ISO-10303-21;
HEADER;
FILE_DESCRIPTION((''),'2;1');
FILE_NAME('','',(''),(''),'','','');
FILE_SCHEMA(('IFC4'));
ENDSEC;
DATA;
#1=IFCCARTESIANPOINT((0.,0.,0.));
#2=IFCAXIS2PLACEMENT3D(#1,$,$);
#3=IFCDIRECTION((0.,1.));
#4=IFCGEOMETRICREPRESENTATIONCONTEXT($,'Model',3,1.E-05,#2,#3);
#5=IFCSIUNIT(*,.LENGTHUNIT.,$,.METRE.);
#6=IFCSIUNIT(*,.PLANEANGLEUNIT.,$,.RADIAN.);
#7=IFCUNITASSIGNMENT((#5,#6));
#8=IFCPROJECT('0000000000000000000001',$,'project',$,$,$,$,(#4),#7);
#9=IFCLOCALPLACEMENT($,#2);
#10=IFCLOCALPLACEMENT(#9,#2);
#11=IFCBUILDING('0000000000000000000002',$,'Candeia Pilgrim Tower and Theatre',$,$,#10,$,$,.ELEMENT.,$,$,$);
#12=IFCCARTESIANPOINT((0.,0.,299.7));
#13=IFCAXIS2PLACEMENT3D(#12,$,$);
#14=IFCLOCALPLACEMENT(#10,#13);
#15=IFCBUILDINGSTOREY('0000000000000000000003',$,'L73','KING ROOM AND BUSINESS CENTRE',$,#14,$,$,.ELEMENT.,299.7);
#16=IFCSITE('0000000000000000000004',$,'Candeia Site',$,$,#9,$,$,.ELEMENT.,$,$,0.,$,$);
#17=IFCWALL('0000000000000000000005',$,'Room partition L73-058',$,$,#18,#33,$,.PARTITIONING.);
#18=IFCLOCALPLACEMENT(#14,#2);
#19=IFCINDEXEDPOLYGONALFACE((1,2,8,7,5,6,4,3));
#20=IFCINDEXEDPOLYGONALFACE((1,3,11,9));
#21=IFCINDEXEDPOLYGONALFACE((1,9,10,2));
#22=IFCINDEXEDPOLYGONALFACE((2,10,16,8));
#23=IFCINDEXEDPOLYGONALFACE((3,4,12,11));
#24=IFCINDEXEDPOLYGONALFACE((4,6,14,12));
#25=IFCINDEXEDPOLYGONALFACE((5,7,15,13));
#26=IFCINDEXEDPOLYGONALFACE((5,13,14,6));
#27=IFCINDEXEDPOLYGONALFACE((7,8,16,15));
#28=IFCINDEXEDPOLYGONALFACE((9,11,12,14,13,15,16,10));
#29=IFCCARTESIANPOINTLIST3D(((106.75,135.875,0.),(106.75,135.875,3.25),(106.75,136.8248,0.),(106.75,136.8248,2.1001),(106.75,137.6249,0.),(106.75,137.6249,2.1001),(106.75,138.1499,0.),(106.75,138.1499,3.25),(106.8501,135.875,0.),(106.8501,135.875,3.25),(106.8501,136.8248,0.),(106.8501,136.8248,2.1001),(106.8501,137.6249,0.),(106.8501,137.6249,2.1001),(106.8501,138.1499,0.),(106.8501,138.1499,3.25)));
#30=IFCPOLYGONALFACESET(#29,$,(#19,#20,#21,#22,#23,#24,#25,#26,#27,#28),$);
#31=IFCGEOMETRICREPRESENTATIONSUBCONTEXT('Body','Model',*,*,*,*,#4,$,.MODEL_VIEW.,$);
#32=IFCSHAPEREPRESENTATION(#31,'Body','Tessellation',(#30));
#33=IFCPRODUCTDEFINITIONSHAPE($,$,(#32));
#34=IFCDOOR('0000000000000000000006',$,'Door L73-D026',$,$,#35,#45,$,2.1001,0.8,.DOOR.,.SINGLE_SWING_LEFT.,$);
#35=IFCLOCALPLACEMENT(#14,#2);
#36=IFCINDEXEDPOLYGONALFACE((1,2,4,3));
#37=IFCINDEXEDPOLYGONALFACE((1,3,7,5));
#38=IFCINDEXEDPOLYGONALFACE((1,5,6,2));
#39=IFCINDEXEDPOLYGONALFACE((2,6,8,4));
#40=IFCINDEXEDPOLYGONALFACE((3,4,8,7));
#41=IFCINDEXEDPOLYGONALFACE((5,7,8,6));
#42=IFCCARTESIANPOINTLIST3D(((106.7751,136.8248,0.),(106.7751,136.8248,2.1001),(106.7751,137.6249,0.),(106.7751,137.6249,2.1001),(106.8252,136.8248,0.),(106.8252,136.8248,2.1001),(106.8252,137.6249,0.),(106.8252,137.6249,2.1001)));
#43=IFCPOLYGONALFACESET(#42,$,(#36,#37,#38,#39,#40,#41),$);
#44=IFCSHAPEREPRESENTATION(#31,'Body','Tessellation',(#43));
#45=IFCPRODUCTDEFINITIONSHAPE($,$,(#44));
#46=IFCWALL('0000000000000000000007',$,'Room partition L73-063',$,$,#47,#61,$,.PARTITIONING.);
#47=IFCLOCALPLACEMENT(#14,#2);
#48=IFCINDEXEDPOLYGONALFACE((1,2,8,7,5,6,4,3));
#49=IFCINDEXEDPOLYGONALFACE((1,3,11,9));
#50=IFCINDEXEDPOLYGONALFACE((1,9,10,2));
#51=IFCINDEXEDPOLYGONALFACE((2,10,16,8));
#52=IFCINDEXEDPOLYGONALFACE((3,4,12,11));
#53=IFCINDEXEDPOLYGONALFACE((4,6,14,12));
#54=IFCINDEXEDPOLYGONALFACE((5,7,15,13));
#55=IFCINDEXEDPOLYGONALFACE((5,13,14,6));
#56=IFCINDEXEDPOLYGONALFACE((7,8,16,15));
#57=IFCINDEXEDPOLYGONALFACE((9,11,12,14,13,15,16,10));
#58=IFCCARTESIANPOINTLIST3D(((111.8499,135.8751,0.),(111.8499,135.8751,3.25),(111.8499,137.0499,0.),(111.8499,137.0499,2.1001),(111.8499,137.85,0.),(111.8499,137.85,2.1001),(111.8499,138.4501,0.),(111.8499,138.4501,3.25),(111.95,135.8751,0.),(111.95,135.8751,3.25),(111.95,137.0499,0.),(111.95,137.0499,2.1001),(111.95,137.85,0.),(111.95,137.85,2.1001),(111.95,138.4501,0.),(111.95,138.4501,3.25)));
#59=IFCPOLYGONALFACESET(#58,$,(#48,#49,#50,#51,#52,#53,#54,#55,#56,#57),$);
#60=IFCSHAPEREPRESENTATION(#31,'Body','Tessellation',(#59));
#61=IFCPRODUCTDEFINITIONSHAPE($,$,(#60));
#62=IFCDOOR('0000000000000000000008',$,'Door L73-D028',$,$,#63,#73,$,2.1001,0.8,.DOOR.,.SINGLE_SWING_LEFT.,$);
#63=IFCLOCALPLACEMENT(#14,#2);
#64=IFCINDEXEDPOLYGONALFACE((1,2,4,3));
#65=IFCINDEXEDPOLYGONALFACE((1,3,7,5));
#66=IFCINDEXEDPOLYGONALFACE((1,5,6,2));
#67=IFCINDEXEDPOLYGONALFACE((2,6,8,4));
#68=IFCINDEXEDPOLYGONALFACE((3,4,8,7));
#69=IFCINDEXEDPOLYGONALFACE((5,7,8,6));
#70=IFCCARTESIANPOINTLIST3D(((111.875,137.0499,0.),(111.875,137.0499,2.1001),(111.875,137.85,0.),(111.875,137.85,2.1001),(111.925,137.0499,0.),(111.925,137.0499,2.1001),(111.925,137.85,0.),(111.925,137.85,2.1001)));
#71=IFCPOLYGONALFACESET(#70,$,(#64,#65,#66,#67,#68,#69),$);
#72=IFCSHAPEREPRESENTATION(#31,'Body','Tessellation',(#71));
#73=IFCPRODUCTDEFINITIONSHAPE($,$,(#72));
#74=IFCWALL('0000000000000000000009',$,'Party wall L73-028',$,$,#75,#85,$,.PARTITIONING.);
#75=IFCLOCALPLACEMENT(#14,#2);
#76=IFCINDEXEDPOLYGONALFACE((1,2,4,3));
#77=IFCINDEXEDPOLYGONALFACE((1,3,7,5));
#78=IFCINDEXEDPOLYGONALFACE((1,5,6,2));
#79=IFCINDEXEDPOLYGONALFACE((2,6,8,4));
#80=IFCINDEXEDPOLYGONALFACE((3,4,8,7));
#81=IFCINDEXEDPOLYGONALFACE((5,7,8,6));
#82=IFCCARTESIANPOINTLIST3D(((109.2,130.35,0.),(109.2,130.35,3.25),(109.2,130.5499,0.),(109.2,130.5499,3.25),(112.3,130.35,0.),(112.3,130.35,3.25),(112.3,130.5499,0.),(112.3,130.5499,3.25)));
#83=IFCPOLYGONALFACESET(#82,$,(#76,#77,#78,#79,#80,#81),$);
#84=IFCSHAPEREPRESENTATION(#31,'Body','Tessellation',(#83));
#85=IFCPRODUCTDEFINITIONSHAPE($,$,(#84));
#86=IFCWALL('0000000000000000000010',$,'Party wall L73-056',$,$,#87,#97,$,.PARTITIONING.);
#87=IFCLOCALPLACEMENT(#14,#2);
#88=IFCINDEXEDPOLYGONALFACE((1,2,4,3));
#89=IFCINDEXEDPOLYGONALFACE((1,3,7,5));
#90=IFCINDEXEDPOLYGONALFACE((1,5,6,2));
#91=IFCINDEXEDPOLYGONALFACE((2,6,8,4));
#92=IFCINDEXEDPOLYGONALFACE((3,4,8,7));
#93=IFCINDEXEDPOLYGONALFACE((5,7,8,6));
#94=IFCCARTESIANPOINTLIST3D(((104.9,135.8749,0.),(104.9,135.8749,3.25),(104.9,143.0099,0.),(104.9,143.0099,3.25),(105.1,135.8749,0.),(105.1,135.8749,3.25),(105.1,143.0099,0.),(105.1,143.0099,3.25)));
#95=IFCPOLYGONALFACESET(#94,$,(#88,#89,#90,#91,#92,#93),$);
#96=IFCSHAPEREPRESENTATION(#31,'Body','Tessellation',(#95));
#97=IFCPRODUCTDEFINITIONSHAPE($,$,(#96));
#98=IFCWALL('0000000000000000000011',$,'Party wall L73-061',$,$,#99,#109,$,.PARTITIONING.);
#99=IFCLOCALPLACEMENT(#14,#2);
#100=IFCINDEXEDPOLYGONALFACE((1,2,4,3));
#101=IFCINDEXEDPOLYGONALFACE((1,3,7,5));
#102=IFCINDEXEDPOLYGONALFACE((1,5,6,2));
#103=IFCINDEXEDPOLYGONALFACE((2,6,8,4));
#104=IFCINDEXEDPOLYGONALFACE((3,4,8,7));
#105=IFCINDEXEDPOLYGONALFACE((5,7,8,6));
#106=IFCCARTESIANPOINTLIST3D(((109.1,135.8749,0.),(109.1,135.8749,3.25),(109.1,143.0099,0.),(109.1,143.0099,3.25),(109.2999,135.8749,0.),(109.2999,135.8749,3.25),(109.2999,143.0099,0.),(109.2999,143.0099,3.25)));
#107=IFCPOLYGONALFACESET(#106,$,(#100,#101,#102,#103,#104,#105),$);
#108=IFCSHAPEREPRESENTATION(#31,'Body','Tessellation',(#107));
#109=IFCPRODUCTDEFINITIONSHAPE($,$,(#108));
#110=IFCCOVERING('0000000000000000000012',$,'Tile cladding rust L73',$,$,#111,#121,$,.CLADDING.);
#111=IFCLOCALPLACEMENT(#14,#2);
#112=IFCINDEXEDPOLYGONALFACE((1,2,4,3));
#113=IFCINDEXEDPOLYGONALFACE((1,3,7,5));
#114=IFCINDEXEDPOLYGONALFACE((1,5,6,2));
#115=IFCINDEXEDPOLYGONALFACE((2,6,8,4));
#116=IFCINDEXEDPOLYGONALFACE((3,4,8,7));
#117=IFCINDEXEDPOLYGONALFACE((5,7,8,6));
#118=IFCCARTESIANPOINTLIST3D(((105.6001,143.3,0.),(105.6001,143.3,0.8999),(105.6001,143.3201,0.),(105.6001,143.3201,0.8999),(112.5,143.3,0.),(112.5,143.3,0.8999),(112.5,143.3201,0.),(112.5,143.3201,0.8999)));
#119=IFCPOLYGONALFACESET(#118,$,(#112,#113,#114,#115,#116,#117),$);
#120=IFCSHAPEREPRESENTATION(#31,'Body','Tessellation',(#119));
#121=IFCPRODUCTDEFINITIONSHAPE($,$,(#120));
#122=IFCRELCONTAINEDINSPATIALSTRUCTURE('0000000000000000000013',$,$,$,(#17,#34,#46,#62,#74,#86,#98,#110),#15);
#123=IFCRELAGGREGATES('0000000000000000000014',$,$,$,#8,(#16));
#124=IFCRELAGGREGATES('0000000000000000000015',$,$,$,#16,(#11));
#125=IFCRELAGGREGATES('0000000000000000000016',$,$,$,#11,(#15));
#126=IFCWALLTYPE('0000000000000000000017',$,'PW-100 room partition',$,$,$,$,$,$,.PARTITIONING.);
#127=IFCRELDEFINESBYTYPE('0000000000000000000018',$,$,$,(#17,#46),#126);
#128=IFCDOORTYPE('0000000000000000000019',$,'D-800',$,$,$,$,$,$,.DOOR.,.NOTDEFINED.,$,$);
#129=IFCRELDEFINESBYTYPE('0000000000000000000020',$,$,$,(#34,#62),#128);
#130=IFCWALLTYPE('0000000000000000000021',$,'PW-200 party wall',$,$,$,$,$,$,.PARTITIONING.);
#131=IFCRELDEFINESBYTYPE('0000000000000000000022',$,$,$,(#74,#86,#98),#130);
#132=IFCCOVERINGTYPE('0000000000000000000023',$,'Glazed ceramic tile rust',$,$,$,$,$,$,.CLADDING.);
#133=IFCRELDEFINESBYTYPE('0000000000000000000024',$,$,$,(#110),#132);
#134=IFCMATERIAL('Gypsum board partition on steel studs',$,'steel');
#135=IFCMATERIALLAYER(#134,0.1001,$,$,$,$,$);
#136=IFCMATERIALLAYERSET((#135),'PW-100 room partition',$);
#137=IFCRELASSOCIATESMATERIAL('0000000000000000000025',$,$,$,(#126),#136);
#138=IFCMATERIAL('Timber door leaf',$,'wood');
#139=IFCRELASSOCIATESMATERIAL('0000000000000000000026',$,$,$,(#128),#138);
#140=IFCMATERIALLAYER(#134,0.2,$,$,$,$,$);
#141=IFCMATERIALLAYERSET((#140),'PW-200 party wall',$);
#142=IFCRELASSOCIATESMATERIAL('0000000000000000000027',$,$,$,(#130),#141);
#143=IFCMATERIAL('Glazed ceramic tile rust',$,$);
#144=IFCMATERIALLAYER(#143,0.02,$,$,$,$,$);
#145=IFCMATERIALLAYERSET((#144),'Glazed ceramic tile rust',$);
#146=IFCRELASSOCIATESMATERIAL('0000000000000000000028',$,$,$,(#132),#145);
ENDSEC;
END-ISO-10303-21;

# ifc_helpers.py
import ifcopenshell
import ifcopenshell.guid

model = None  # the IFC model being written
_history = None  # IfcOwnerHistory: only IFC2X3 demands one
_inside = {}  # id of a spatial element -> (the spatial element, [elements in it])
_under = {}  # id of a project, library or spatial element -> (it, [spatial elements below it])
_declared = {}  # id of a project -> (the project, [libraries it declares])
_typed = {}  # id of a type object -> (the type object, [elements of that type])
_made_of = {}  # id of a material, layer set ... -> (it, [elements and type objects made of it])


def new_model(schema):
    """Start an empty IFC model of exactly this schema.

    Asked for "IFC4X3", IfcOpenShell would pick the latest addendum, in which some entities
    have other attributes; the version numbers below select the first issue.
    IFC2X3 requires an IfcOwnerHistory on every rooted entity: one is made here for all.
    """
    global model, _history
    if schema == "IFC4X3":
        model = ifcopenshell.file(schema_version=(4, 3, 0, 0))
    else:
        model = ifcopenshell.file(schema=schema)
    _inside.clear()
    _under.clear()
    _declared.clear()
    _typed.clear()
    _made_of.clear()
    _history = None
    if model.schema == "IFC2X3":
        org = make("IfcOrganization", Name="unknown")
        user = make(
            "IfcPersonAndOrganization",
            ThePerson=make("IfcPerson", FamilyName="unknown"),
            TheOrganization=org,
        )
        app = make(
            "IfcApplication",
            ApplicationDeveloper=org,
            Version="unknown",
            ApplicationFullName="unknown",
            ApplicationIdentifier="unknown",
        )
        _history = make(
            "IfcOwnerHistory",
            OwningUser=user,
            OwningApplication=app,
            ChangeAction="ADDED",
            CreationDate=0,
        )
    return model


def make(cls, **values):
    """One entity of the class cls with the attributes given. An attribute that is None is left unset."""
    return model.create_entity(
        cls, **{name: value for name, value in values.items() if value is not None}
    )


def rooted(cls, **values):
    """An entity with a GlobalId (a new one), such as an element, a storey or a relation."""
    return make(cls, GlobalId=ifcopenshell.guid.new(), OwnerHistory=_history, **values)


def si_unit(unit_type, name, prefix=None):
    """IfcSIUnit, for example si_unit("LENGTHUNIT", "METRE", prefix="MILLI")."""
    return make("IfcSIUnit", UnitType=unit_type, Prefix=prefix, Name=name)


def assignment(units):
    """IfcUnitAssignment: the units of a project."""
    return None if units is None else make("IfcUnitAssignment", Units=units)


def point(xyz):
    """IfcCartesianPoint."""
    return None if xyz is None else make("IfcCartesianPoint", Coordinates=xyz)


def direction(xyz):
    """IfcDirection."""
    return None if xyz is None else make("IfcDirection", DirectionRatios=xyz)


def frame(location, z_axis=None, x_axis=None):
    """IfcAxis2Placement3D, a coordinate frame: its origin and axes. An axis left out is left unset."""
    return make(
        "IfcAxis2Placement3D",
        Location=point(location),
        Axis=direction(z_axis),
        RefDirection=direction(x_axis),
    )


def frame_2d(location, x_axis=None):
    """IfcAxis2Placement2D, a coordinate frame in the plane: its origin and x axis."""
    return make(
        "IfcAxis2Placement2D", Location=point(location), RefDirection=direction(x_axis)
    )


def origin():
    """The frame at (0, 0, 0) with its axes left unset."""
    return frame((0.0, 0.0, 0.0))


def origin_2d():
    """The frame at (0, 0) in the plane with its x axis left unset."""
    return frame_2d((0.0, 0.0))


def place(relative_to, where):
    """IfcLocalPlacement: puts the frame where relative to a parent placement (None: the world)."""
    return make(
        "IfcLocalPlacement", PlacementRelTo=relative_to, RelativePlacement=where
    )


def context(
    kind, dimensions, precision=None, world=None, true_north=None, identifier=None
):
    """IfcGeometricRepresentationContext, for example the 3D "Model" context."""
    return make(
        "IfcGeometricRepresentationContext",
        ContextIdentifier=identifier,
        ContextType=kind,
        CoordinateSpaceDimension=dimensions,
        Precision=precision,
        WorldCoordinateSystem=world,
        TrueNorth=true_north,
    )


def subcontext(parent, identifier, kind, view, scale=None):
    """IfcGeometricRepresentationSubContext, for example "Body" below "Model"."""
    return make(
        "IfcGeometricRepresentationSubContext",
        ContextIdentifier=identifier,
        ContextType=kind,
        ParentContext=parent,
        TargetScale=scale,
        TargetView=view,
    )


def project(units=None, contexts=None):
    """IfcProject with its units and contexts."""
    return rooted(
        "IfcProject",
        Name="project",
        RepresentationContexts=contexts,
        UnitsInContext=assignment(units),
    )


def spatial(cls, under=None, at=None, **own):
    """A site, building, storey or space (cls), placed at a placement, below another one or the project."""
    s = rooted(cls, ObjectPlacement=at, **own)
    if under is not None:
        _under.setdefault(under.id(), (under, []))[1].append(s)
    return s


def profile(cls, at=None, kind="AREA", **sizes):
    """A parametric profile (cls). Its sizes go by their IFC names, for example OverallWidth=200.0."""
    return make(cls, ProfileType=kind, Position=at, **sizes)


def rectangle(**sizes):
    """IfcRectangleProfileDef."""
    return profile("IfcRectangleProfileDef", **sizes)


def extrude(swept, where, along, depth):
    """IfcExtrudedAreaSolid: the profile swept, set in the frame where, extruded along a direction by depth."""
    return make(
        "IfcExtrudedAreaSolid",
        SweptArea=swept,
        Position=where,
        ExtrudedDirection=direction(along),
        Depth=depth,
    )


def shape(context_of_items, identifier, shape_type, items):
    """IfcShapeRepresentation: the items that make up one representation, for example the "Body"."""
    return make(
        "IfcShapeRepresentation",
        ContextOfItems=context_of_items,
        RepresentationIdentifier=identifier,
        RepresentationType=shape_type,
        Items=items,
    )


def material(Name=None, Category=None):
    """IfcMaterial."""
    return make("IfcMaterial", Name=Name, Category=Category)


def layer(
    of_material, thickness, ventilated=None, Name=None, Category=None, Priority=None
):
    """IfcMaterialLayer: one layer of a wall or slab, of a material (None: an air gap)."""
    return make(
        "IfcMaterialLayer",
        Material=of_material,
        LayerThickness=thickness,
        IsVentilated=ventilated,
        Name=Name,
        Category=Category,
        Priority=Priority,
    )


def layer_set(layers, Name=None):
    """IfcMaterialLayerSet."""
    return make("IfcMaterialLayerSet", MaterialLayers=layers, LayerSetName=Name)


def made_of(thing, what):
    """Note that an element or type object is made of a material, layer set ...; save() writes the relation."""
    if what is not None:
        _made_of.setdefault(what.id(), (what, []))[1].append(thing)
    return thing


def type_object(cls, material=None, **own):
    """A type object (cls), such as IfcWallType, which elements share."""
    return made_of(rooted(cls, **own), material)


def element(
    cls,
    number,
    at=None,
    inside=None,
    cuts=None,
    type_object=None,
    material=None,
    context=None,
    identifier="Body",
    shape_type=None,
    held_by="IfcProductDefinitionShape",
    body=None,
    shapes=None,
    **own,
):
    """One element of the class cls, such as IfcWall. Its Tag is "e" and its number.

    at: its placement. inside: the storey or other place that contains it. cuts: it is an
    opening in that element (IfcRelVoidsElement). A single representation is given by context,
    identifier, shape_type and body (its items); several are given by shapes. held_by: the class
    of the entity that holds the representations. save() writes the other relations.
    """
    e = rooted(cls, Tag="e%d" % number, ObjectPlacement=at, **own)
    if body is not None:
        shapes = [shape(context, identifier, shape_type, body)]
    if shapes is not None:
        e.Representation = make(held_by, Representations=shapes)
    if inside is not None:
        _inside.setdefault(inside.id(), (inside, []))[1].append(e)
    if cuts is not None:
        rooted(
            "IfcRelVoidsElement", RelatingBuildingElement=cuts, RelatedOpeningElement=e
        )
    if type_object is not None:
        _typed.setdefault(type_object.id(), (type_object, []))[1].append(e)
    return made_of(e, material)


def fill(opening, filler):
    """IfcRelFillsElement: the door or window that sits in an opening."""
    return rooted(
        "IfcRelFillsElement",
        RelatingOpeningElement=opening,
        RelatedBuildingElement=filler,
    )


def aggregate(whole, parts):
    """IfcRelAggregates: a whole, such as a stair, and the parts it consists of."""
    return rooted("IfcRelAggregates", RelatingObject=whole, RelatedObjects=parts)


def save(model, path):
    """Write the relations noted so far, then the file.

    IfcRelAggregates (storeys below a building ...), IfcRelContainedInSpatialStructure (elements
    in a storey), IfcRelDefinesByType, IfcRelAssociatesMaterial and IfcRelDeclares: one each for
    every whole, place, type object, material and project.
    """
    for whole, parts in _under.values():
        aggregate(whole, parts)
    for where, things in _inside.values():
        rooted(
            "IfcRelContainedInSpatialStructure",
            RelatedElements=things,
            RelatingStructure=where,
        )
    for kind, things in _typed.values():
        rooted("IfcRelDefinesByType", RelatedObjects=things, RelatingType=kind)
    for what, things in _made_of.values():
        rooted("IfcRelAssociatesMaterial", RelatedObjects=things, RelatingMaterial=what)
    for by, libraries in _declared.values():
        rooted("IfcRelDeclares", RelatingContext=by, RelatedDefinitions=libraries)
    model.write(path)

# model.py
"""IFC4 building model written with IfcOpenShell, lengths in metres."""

from ifc_helpers import new_model, si_unit, direction, frame, frame_2d, origin, origin_2d, place, context, subcontext, project, spatial, rectangle, extrude, material, layer, layer_set, type_object, element, fill, save


model = new_model("IFC4")

# Units and contexts
model_context = context("Model", 3, precision=1e-05, world=origin(), true_north=direction((0.0, 1.0)))
body_context = subcontext(model_context, "Body", "Model", "MODEL_VIEW")
ifc_project = project(units=[si_unit("LENGTHUNIT", "METRE"), si_unit("PLANEANGLEUNIT", "RADIAN")], contexts=[model_context])

# Site, building, storey
site_placement = place(None, origin())
site = spatial("IfcSite", under=ifc_project, at=site_placement, Name="Candeia Site", CompositionType="ELEMENT", RefElevation=0.0)
building_placement = place(site_placement, origin())
building = spatial("IfcBuilding", under=site, at=building_placement, Name="Candeia Pilgrim Tower and Theatre", CompositionType="ELEMENT")
storey_placement = place(building_placement, frame((0.0, 0.0, 299.7)))
storey = spatial("IfcBuildingStorey", under=building, at=storey_placement, Name="L73", Description="KING ROOM AND BUSINESS CENTRE", CompositionType="ELEMENT", Elevation=299.7)

# Shared definitions
ifc_material_1 = material(Name="Gypsum board partition on steel studs", Category="steel")
ifc_layer_1 = layer(ifc_material_1, 0.1001)
ifc_layer_set_1 = layer_set([ifc_layer_1], Name="PW-100 room partition")
wall_type_1 = type_object("IfcWallType", Name="PW-100 room partition", PredefinedType="PARTITIONING", material=ifc_layer_set_1)

# Walls, openings, doors
wall_1_placement = place(storey_placement, frame((106.8, 135.875, 0.0), z_axis=(0.0, 0.0, 1.0), x_axis=(0.0, 1.0, 0.0)))
wall_1 = element("IfcWall", 1, at=wall_1_placement, inside=storey, type_object=wall_type_1, Name="Room partition L73-058", PredefinedType="PARTITIONING", context=body_context, shape_type="SweptSolid", body=[
    extrude(rectangle(XDim=2.2749, YDim=0.1001, at=frame_2d((1.1375, 0.0))), origin(), (0.0, 0.0, 1.0), 3.25),
])
opening_1_placement = place(wall_1_placement, frame((0.95, 0.0, 0.0)))
opening_1 = element("IfcOpeningElement", 2, at=opening_1_placement, cuts=wall_1, PredefinedType="OPENING", context=body_context, shape_type="SweptSolid", body=[
    extrude(rectangle(XDim=0.8, YDim=2.1001, at=frame_2d((0.3999, 1.05))), frame((0.0, 0.0601, 0.0), z_axis=(0.0, -1.0, 0.0), x_axis=(1.0, 0.0, 0.0)), (0.0, 0.0, 1.0), 0.1201),
])
ifc_material_2 = material(Name="Timber door leaf", Category="wood")
door_type_1 = type_object("IfcDoorType", Name="D-800", OperationType="NOTDEFINED", PredefinedType="DOOR", material=ifc_material_2)
door_1_placement = place(opening_1_placement, origin())
door_1 = element("IfcDoor", 3, at=door_1_placement, inside=storey, type_object=door_type_1, Name="Door L73-D026", OperationType="SINGLE_SWING_LEFT", OverallHeight=2.1001, OverallWidth=0.8, PredefinedType="DOOR", context=body_context, shape_type="SweptSolid", body=[
    extrude(rectangle(XDim=0.8, YDim=2.1001, at=frame_2d((0.3999, 1.05))), frame((0.0, 0.0249, 0.0), z_axis=(0.0, -1.0, 0.0), x_axis=(1.0, 0.0, 0.0)), (0.0, 0.0, 1.0), 0.05),
])
fill(opening_1, door_1)
wall_2_placement = place(storey_placement, frame((111.8999, 135.875, 0.0), z_axis=(0.0, 0.0, 1.0), x_axis=(0.0, 1.0, 0.0)))
wall_2 = element("IfcWall", 4, at=wall_2_placement, inside=storey, type_object=wall_type_1, Name="Room partition L73-063", PredefinedType="PARTITIONING", context=body_context, shape_type="SweptSolid", body=[
    extrude(rectangle(XDim=2.575, YDim=0.1001, at=frame_2d((1.2876, 0.0))), origin(), (0.0, 0.0, 1.0), 3.25),
])
opening_2_placement = place(wall_2_placement, frame((1.175, 0.0, 0.0)))
opening_2 = element("IfcOpeningElement", 5, at=opening_2_placement, cuts=wall_2, PredefinedType="OPENING", context=body_context, shape_type="SweptSolid", body=[
    extrude(rectangle(XDim=0.8, YDim=2.1001, at=frame_2d((0.3999, 1.05))), frame((0.0, 0.0601, 0.0), z_axis=(0.0, -1.0, 0.0), x_axis=(1.0, 0.0, 0.0)), (0.0, 0.0, 1.0), 0.1201),
])
door_2_placement = place(opening_2_placement, origin())
door_2 = element("IfcDoor", 6, at=door_2_placement, inside=storey, type_object=door_type_1, Name="Door L73-D028", OperationType="SINGLE_SWING_LEFT", OverallHeight=2.1001, OverallWidth=0.8, PredefinedType="DOOR", context=body_context, shape_type="SweptSolid", body=[
    extrude(rectangle(XDim=0.8, YDim=2.1001, at=frame_2d((0.3999, 1.05))), frame((0.0, 0.0249, 0.0), z_axis=(0.0, -1.0, 0.0), x_axis=(1.0, 0.0, 0.0)), (0.0, 0.0, 1.0), 0.05),
])
fill(opening_2, door_2)

# Walls
ifc_layer_2 = layer(ifc_material_1, 0.2)
ifc_layer_set_2 = layer_set([ifc_layer_2], Name="PW-200 party wall")
wall_type_2 = type_object("IfcWallType", Name="PW-200 party wall", PredefinedType="PARTITIONING", material=ifc_layer_set_2)
wall_3_placement = place(storey_placement, frame((109.2, 130.45, 0.0), z_axis=(0.0, 0.0, 1.0), x_axis=(1.0, 0.0, 0.0)))
element("IfcWall", 7, at=wall_3_placement, inside=storey, type_object=wall_type_2, Name="Party wall L73-028", PredefinedType="PARTITIONING", context=body_context, shape_type="SweptSolid", body=[
    extrude(rectangle(XDim=3.1001, YDim=0.2, at=frame_2d((1.55, 0.0))), origin(), (0.0, 0.0, 1.0), 3.25),
])
for number, where, z_axis, x_axis, name in (
    (8, (105.0, 135.875, 0.0), (0.0, 0.0, 1.0), (0.0, 1.0, 0.0), "Party wall L73-056"),
    (9, (109.2, 135.875, 0.0), (0.0, 0.0, 1.0), (0.0, 1.0, 0.0), "Party wall L73-061"),
):
    element("IfcWall", number, at=place(storey_placement, frame(where, z_axis=z_axis, x_axis=x_axis)), inside=storey, type_object=wall_type_2, Name=name, PredefinedType="PARTITIONING", context=body_context, shape_type="SweptSolid", body=[
        extrude(rectangle(XDim=7.135, YDim=0.2, at=frame_2d((3.5674, 0.0))), origin(), (0.0, 0.0, 1.0), 3.25),
    ])

# Covering
ifc_material_3 = material(Name="Glazed ceramic tile rust")
ifc_layer_3 = layer(ifc_material_3, 0.02)
ifc_layer_set_3 = layer_set([ifc_layer_3], Name="Glazed ceramic tile rust")
covering_type = type_object("IfcCoveringType", Name="Glazed ceramic tile rust", PredefinedType="CLADDING", material=ifc_layer_set_3)
covering_placement = place(storey_placement, frame((109.05, 143.3101, 0.0), z_axis=(0.0, 0.0, 1.0), x_axis=(-1.0, 0.0, 0.0)))
element("IfcCovering", 10, at=covering_placement, inside=storey, type_object=covering_type, Name="Tile cladding rust L73", PredefinedType="CLADDING", context=body_context, shape_type="SweptSolid", body=[
    extrude(rectangle(XDim=6.8999, YDim=0.02, at=origin_2d()), origin(), (0.0, 0.0, 1.0), 0.8999),
])

save(model, "model.ifc")
